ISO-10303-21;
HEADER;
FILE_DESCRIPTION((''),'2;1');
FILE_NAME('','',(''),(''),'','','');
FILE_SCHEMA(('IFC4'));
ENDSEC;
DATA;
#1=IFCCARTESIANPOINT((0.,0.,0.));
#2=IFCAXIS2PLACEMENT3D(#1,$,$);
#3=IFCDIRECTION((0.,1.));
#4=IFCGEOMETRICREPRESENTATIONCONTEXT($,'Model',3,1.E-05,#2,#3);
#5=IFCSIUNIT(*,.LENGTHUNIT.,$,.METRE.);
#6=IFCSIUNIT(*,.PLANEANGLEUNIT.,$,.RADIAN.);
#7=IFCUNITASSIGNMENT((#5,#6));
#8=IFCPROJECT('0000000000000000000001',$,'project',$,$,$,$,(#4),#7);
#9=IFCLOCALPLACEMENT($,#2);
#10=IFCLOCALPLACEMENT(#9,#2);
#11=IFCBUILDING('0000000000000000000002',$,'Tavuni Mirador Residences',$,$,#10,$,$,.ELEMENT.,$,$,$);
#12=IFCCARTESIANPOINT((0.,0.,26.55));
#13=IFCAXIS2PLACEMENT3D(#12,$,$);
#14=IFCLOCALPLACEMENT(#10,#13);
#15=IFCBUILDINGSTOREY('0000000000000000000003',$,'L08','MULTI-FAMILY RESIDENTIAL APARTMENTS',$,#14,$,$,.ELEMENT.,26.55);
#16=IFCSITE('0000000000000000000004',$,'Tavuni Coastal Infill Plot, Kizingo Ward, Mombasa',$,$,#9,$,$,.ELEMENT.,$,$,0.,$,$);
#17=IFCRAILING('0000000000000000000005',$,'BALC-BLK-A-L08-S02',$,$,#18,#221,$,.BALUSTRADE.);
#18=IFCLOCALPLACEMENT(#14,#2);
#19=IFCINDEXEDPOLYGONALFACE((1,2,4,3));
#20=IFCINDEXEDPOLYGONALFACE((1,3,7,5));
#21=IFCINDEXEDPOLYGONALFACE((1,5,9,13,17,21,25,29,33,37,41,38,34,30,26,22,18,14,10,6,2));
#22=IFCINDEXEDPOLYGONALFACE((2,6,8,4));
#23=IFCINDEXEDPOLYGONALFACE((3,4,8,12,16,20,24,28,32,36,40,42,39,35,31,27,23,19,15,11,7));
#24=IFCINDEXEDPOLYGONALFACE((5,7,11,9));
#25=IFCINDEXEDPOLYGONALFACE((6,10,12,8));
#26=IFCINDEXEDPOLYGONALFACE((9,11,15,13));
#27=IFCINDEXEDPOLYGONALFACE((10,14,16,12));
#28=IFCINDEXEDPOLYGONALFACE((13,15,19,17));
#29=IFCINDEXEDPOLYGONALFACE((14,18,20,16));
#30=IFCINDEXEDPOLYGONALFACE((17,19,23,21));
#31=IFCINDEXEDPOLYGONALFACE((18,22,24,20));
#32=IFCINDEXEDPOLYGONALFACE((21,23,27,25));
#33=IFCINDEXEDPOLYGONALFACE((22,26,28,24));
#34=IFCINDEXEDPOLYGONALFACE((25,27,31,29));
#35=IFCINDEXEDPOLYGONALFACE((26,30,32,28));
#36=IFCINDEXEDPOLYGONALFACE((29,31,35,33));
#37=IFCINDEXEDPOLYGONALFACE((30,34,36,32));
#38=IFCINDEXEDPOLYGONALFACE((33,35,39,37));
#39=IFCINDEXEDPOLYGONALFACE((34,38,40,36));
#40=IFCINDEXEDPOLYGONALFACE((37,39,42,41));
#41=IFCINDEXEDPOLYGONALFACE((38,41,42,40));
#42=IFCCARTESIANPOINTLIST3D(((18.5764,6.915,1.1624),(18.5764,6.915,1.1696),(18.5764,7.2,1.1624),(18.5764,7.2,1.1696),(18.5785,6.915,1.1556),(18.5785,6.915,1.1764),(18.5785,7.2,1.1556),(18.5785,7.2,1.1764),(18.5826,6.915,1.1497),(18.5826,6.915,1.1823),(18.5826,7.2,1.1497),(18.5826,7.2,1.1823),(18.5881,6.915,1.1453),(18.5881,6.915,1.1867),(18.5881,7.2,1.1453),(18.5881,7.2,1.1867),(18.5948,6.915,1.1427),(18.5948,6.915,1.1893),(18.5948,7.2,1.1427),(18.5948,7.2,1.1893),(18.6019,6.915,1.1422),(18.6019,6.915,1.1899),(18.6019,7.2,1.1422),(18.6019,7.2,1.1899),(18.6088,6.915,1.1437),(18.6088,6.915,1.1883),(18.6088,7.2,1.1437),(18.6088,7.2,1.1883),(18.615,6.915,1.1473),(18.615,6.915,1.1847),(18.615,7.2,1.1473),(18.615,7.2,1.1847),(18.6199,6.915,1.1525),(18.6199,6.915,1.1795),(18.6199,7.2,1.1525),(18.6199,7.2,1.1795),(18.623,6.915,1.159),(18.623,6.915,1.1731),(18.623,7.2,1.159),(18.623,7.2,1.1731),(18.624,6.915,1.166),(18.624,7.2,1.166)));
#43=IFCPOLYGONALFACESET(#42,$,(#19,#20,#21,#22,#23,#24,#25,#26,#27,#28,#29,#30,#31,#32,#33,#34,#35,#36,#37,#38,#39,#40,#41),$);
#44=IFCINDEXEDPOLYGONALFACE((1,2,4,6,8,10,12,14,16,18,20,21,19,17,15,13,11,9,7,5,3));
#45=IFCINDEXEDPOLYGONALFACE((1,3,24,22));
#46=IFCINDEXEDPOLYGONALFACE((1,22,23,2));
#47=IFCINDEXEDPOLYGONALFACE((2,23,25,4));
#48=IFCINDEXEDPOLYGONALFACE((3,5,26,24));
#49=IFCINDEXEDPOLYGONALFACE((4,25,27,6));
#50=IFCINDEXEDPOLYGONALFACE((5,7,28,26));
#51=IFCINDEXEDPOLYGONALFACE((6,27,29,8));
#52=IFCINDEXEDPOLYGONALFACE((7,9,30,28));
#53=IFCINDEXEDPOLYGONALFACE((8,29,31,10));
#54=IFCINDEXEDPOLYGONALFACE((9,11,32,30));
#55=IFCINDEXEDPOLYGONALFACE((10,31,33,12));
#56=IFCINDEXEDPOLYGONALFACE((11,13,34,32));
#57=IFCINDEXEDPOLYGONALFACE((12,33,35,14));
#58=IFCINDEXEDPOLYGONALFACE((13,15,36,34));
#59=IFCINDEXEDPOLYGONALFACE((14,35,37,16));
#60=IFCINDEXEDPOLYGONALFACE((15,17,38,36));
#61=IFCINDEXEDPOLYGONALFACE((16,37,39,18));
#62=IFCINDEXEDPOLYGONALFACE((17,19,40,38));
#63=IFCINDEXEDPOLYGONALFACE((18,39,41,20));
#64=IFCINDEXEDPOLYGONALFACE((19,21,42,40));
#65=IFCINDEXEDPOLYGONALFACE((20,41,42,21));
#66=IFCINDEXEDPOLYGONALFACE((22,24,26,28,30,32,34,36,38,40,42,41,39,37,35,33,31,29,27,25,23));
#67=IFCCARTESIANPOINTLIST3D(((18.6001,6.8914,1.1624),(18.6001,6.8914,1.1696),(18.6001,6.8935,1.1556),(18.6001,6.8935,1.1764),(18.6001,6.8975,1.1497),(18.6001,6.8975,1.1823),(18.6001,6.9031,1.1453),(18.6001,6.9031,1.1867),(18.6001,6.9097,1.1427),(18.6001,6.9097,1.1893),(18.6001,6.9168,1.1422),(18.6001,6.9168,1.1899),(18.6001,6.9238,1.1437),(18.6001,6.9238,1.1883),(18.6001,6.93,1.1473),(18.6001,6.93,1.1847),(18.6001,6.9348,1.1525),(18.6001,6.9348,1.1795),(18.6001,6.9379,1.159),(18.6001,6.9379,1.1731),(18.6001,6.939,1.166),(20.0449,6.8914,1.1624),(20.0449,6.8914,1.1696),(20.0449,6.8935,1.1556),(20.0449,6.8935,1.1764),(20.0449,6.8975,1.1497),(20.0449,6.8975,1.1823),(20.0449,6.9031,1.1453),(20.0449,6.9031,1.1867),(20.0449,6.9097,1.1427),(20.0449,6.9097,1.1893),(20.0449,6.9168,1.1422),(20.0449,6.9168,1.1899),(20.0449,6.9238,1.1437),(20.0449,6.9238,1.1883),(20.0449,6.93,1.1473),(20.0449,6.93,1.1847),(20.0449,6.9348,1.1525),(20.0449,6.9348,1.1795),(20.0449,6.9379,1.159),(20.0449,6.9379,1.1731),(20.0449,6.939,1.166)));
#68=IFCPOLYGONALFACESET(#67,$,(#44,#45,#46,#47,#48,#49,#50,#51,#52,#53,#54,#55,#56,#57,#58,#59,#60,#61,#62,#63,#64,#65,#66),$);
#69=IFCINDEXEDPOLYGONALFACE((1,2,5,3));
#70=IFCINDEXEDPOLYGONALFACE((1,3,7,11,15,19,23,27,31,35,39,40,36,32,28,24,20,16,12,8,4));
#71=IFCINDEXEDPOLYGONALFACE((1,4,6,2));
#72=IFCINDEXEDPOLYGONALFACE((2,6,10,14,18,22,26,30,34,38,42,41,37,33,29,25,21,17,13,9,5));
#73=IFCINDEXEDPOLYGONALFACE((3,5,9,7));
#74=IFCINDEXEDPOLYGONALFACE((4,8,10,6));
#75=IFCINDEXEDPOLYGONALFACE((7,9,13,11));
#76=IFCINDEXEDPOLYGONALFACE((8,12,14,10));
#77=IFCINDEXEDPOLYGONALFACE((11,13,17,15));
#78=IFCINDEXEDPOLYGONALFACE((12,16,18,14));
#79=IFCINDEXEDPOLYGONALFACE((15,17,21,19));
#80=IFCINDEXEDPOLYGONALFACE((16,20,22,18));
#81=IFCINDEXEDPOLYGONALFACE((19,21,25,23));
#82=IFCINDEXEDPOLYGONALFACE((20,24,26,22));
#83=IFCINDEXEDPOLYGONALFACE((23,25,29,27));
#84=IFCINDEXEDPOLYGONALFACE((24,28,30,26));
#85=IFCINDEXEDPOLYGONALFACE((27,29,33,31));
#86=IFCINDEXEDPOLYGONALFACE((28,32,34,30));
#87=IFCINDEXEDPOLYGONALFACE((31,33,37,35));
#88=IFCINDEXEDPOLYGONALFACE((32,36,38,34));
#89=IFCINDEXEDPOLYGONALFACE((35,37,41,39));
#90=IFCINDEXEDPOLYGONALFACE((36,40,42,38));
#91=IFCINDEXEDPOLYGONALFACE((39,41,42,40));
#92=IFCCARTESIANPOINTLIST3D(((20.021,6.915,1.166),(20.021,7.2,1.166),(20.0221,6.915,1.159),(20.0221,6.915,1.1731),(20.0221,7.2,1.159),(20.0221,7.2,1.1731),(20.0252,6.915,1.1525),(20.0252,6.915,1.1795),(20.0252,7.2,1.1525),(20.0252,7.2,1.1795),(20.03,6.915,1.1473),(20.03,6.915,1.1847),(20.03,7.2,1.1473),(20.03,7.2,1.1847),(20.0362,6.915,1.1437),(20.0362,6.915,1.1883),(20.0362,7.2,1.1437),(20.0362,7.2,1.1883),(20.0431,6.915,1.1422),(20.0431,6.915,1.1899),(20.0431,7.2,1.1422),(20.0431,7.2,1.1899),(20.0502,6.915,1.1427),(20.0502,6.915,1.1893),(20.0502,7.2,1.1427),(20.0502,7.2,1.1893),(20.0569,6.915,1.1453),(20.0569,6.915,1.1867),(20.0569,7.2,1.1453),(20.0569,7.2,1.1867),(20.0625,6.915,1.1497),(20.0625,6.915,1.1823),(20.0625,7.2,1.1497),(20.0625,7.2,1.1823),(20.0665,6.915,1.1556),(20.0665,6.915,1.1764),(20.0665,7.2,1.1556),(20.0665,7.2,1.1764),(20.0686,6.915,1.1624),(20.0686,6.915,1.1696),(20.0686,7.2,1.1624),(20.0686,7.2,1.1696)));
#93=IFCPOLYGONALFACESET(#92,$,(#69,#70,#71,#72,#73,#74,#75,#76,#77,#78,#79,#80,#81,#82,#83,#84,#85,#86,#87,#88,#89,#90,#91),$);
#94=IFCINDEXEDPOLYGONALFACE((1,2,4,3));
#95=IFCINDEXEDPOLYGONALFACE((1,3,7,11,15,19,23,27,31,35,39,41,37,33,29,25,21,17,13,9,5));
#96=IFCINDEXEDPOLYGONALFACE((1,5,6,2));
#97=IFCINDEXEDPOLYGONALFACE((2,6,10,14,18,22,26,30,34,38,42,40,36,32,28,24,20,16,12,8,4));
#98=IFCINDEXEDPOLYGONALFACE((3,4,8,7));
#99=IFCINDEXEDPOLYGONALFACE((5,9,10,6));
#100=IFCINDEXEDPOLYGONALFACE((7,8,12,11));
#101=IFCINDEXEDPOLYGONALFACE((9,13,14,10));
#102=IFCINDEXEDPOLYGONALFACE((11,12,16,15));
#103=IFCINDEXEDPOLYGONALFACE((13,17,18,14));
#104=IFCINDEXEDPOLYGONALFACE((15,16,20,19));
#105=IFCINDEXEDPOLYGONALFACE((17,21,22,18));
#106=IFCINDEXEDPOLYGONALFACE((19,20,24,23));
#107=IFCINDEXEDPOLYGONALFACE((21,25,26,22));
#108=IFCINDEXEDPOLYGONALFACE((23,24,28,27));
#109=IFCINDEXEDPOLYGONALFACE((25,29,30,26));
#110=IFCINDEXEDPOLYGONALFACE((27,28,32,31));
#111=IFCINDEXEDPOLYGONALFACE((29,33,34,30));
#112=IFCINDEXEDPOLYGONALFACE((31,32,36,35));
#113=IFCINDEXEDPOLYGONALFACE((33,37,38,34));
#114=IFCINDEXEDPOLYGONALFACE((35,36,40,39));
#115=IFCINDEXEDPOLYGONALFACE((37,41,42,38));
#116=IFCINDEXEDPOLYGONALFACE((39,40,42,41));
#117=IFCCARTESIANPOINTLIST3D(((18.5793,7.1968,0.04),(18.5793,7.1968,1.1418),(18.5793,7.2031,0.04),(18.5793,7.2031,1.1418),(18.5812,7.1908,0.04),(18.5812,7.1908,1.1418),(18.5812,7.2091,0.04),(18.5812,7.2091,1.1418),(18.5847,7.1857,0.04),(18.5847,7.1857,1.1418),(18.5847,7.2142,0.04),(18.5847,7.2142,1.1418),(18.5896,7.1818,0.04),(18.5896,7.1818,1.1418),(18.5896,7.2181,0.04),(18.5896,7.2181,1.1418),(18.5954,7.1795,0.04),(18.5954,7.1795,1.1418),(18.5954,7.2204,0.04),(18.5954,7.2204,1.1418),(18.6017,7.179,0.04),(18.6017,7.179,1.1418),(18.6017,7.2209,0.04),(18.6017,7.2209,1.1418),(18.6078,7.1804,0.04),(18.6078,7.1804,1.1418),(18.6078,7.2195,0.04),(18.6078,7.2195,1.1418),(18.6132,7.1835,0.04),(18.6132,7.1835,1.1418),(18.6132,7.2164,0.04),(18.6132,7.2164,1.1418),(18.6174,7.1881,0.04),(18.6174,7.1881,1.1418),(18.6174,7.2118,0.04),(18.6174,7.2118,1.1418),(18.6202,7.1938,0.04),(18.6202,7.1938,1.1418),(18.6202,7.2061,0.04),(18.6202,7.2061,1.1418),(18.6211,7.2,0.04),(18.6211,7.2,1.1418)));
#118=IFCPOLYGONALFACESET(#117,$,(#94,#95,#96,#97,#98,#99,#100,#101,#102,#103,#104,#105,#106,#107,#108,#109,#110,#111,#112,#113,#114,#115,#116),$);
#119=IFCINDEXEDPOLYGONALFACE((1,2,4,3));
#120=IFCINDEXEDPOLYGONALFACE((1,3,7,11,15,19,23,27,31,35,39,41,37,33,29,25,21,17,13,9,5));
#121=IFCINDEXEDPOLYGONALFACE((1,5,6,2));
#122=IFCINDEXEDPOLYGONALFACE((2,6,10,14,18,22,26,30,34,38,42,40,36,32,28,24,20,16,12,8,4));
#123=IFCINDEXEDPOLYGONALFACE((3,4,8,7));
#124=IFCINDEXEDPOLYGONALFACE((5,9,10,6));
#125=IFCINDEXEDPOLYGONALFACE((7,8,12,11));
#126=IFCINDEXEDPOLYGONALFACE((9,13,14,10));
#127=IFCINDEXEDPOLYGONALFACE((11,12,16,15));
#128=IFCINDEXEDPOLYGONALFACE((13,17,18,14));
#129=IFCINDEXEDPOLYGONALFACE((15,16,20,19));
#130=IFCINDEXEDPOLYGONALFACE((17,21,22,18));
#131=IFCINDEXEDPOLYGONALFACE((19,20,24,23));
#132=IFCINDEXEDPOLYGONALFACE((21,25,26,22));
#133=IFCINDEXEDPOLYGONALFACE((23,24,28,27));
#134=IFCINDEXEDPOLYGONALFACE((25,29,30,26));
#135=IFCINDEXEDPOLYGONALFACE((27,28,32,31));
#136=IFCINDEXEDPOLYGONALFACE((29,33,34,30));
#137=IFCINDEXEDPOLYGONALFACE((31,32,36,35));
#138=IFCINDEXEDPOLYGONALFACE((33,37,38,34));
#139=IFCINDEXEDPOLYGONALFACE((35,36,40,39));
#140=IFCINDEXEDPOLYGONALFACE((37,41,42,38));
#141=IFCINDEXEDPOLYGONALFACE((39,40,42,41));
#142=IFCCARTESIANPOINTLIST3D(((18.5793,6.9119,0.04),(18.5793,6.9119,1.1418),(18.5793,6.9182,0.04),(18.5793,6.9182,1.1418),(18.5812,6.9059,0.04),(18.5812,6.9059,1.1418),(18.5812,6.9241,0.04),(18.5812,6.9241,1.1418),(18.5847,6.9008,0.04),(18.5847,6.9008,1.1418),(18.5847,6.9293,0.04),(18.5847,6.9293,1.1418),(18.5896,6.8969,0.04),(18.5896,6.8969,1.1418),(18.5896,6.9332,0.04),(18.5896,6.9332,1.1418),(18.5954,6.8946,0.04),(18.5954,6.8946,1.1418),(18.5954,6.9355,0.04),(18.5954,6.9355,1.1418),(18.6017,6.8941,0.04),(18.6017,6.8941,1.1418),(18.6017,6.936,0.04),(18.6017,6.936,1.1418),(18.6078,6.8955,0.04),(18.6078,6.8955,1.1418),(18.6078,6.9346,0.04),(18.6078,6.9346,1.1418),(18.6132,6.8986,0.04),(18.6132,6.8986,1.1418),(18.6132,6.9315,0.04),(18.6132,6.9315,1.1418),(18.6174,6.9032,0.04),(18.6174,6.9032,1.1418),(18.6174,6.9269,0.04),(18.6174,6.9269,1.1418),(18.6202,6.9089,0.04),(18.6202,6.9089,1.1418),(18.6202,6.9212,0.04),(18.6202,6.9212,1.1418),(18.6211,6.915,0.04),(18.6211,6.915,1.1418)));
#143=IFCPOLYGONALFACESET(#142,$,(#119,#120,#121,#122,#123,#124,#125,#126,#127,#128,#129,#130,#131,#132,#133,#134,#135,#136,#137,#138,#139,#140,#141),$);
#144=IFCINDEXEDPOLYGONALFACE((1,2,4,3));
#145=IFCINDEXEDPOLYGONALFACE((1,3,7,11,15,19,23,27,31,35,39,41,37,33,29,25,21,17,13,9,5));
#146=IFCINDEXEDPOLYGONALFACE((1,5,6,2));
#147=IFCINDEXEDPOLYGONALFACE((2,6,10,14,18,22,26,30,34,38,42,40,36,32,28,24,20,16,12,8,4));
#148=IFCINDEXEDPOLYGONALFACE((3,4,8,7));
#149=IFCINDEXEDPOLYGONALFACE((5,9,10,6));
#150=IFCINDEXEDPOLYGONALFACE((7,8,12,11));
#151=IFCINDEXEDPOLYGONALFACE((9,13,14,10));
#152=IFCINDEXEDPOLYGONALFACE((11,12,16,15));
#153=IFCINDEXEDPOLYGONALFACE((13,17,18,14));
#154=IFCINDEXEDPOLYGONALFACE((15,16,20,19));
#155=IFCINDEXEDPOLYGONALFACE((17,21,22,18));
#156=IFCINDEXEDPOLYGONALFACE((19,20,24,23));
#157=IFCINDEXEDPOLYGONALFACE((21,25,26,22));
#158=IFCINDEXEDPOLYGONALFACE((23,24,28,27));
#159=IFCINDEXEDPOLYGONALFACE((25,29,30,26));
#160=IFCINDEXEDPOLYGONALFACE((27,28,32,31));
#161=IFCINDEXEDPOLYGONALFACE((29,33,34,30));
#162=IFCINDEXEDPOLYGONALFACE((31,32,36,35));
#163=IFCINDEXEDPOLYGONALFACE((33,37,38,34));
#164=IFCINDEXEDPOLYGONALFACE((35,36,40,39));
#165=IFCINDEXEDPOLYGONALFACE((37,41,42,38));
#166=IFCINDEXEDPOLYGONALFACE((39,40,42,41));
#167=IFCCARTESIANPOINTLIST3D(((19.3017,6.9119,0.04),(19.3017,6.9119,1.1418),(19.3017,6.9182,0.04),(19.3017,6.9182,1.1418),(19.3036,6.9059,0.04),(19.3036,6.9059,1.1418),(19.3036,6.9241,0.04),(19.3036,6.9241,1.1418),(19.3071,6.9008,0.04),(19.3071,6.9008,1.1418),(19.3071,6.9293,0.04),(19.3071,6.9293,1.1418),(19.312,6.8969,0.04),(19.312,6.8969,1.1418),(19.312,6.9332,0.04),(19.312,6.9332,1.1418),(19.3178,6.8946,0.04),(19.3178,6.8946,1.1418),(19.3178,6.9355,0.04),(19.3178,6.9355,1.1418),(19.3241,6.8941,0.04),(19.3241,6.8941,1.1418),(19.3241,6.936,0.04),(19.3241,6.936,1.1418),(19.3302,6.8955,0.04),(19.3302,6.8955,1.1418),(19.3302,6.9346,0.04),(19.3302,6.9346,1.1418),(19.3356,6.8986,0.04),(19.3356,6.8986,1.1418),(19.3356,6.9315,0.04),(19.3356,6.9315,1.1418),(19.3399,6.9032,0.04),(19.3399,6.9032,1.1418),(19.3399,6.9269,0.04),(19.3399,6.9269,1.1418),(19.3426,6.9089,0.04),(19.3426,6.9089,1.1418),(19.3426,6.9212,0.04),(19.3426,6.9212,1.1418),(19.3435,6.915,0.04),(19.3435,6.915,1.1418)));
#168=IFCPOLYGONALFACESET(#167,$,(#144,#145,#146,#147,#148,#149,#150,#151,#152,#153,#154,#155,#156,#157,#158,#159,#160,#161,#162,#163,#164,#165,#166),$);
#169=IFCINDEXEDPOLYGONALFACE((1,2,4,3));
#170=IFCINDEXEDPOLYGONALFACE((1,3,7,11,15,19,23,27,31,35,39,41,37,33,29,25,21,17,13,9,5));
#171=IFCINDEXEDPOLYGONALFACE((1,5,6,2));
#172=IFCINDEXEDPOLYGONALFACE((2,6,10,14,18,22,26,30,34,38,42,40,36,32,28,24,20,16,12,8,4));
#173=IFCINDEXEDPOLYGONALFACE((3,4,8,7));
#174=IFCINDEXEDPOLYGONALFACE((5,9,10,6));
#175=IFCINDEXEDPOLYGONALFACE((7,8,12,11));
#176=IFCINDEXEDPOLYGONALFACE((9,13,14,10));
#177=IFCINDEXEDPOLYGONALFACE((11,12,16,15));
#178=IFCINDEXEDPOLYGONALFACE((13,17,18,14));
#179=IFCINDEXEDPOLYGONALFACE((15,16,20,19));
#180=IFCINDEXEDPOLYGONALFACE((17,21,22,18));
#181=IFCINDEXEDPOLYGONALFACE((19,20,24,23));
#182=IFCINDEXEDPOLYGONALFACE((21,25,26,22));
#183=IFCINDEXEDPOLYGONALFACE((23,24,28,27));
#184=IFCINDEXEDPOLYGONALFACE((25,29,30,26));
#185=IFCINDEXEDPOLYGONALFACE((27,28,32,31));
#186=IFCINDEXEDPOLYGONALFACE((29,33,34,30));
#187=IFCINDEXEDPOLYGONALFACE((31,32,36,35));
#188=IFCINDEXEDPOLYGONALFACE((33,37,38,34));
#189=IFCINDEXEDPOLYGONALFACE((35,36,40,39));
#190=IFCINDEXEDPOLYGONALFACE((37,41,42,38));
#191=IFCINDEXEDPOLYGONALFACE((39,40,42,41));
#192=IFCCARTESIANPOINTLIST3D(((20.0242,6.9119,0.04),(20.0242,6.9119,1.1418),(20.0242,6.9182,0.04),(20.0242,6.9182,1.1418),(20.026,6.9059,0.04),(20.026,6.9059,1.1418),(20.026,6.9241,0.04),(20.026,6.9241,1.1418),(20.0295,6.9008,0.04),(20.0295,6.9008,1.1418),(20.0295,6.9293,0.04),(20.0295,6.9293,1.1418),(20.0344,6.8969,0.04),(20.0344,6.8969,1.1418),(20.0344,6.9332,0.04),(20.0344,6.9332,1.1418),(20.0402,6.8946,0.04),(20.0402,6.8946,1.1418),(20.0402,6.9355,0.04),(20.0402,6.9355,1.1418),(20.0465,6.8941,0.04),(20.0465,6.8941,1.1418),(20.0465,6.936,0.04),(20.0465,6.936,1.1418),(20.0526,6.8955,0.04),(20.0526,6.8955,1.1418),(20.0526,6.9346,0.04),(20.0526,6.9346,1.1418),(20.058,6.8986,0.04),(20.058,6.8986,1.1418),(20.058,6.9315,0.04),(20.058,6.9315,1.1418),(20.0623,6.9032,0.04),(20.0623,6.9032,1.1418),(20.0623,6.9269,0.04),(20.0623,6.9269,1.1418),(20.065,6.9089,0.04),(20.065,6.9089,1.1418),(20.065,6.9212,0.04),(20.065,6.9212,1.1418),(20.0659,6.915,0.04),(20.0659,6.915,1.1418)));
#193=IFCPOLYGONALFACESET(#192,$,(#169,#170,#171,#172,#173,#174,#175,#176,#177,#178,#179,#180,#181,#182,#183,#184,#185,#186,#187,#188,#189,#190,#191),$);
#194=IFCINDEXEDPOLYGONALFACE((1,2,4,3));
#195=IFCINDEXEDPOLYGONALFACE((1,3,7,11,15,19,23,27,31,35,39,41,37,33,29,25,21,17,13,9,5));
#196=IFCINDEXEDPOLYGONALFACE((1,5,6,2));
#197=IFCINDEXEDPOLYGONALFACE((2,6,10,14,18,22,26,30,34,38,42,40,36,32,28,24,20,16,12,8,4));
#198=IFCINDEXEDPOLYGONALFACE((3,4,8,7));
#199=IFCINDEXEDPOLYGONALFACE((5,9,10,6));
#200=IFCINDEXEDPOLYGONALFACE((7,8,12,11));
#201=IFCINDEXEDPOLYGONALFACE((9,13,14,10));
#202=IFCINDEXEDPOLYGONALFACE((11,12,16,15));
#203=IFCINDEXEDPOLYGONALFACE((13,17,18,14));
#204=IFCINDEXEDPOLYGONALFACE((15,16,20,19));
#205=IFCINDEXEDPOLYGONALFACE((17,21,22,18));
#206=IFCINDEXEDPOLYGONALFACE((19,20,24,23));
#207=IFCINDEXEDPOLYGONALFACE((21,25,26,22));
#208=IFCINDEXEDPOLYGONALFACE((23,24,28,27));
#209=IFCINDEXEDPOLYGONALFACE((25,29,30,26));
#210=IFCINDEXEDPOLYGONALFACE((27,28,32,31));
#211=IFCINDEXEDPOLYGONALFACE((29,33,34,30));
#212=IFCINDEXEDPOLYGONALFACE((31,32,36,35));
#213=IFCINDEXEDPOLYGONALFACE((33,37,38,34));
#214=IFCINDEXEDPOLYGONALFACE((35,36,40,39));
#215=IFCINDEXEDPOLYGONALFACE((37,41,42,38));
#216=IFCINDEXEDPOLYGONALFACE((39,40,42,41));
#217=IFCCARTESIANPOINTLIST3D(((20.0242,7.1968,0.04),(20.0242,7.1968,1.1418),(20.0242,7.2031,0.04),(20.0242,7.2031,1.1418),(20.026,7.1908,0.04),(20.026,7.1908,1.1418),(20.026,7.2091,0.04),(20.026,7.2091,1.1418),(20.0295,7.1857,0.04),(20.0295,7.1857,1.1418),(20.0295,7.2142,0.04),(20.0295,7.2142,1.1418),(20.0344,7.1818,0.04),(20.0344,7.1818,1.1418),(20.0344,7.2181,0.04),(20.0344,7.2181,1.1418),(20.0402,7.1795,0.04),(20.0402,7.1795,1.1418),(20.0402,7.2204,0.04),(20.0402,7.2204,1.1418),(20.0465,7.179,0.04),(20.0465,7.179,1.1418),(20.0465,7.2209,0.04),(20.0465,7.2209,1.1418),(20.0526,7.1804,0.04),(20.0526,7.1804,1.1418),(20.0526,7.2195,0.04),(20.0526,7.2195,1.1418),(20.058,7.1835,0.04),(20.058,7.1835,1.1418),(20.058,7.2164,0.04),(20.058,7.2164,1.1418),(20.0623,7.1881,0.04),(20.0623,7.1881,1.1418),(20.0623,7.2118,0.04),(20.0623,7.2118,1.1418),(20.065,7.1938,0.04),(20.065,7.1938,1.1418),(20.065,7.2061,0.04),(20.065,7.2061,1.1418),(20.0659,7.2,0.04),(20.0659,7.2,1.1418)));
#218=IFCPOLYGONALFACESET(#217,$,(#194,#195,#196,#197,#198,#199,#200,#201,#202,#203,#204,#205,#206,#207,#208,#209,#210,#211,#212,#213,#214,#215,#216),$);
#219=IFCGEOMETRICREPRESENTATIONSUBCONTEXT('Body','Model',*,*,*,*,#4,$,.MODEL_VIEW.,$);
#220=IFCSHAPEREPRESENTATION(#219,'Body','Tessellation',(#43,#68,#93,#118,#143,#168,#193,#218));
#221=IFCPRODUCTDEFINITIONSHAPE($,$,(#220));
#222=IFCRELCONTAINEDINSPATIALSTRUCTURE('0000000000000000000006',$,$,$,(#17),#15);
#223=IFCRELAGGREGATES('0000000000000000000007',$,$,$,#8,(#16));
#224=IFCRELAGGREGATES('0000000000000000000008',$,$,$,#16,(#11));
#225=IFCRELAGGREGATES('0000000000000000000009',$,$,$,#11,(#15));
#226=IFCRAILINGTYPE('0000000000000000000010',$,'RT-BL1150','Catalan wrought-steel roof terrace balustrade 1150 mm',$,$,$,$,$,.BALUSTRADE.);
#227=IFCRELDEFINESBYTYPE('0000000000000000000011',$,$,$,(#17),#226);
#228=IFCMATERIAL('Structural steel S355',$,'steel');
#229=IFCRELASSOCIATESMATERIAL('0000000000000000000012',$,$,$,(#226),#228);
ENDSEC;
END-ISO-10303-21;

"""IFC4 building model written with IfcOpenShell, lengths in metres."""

from ifc_helpers import new_model, si_unit, direction, frame, origin, origin_2d, place, context, subcontext, project, spatial, circle, extrude, material, type_object, element, save


model = new_model("IFC4")

# Units and contexts
model_context = context("Model", 3, precision=1e-05, world=origin(), true_north=direction((0.0, 1.0)))
body_context = subcontext(model_context, "Body", "Model", "MODEL_VIEW")
ifc_project = project(units=[si_unit("LENGTHUNIT", "METRE"), si_unit("PLANEANGLEUNIT", "RADIAN")], contexts=[model_context])

# Site, building, storey
site_placement = place(None, origin())
site = spatial("IfcSite", under=ifc_project, at=site_placement, Name="Tavuni Coastal Infill Plot, Kizingo Ward, Mombasa", CompositionType="ELEMENT", RefElevation=0.0)
building_placement = place(site_placement, origin())
building = spatial("IfcBuilding", under=site, at=building_placement, Name="Tavuni Mirador Residences", CompositionType="ELEMENT")
storey_placement = place(building_placement, frame((0.0, 0.0, 26.55)))
storey = spatial("IfcBuildingStorey", under=building, at=storey_placement, Name="L08", Description="MULTI-FAMILY RESIDENTIAL APARTMENTS", CompositionType="ELEMENT", Elevation=26.55)

# Railing
ifc_material_1 = material(Name="Structural steel S355", Category="steel")
railing_type = type_object("IfcRailingType", Name="RT-BL1150", Description="Catalan wrought-steel roof terrace balustrade 1150 mm", PredefinedType="BALUSTRADE", material=ifc_material_1)
railing_placement = place(storey_placement, frame((18.6001, 7.2, 0.04)))
element("IfcRailing", 1, at=railing_placement, inside=storey, type_object=railing_type, Name="BALC-BLK-A-L08-S02", PredefinedType="BALUSTRADE", context=body_context, shape_type="SweptSolid", body=[
    extrude(circle(Radius=0.0239, at=origin_2d()), frame((0.0, 0.0, 1.126), z_axis=(0.0, -1.0, 0.0), x_axis=(1.0, 0.0, 0.0)), (0.0, 0.0, 1.0), 0.2849),
    extrude(circle(Radius=0.0239, at=origin_2d()), frame((0.0, -0.2849, 1.126), z_axis=(1.0, 0.0, 0.0), x_axis=(0.0, 1.0, 0.0)), (0.0, 0.0, 1.0), 1.4448),
    extrude(circle(Radius=0.0239, at=origin_2d()), frame((1.4448, -0.2849, 1.126), z_axis=(0.0, 1.0, 0.0), x_axis=(-1.0, 0.0, 0.0)), (0.0, 0.0, 1.0), 0.2849),
    extrude(circle(Radius=0.021, at=origin_2d()), origin(), (0.0, 0.0, 1.0), 1.1018),
    extrude(circle(Radius=0.021, at=origin_2d()), frame((0.0, -0.2849, 0.0)), (0.0, 0.0, 1.0), 1.1018),
    extrude(circle(Radius=0.021, at=origin_2d()), frame((0.7224, -0.2849, 0.0)), (0.0, 0.0, 1.0), 1.1018),
    extrude(circle(Radius=0.021, at=origin_2d()), frame((1.4448, -0.2849, 0.0)), (0.0, 0.0, 1.0), 1.1018),
    extrude(circle(Radius=0.021, at=origin_2d()), frame((1.4448, 0.0, 0.0)), (0.0, 0.0, 1.0), 1.1018),
])

save(model, "model.ifc")
